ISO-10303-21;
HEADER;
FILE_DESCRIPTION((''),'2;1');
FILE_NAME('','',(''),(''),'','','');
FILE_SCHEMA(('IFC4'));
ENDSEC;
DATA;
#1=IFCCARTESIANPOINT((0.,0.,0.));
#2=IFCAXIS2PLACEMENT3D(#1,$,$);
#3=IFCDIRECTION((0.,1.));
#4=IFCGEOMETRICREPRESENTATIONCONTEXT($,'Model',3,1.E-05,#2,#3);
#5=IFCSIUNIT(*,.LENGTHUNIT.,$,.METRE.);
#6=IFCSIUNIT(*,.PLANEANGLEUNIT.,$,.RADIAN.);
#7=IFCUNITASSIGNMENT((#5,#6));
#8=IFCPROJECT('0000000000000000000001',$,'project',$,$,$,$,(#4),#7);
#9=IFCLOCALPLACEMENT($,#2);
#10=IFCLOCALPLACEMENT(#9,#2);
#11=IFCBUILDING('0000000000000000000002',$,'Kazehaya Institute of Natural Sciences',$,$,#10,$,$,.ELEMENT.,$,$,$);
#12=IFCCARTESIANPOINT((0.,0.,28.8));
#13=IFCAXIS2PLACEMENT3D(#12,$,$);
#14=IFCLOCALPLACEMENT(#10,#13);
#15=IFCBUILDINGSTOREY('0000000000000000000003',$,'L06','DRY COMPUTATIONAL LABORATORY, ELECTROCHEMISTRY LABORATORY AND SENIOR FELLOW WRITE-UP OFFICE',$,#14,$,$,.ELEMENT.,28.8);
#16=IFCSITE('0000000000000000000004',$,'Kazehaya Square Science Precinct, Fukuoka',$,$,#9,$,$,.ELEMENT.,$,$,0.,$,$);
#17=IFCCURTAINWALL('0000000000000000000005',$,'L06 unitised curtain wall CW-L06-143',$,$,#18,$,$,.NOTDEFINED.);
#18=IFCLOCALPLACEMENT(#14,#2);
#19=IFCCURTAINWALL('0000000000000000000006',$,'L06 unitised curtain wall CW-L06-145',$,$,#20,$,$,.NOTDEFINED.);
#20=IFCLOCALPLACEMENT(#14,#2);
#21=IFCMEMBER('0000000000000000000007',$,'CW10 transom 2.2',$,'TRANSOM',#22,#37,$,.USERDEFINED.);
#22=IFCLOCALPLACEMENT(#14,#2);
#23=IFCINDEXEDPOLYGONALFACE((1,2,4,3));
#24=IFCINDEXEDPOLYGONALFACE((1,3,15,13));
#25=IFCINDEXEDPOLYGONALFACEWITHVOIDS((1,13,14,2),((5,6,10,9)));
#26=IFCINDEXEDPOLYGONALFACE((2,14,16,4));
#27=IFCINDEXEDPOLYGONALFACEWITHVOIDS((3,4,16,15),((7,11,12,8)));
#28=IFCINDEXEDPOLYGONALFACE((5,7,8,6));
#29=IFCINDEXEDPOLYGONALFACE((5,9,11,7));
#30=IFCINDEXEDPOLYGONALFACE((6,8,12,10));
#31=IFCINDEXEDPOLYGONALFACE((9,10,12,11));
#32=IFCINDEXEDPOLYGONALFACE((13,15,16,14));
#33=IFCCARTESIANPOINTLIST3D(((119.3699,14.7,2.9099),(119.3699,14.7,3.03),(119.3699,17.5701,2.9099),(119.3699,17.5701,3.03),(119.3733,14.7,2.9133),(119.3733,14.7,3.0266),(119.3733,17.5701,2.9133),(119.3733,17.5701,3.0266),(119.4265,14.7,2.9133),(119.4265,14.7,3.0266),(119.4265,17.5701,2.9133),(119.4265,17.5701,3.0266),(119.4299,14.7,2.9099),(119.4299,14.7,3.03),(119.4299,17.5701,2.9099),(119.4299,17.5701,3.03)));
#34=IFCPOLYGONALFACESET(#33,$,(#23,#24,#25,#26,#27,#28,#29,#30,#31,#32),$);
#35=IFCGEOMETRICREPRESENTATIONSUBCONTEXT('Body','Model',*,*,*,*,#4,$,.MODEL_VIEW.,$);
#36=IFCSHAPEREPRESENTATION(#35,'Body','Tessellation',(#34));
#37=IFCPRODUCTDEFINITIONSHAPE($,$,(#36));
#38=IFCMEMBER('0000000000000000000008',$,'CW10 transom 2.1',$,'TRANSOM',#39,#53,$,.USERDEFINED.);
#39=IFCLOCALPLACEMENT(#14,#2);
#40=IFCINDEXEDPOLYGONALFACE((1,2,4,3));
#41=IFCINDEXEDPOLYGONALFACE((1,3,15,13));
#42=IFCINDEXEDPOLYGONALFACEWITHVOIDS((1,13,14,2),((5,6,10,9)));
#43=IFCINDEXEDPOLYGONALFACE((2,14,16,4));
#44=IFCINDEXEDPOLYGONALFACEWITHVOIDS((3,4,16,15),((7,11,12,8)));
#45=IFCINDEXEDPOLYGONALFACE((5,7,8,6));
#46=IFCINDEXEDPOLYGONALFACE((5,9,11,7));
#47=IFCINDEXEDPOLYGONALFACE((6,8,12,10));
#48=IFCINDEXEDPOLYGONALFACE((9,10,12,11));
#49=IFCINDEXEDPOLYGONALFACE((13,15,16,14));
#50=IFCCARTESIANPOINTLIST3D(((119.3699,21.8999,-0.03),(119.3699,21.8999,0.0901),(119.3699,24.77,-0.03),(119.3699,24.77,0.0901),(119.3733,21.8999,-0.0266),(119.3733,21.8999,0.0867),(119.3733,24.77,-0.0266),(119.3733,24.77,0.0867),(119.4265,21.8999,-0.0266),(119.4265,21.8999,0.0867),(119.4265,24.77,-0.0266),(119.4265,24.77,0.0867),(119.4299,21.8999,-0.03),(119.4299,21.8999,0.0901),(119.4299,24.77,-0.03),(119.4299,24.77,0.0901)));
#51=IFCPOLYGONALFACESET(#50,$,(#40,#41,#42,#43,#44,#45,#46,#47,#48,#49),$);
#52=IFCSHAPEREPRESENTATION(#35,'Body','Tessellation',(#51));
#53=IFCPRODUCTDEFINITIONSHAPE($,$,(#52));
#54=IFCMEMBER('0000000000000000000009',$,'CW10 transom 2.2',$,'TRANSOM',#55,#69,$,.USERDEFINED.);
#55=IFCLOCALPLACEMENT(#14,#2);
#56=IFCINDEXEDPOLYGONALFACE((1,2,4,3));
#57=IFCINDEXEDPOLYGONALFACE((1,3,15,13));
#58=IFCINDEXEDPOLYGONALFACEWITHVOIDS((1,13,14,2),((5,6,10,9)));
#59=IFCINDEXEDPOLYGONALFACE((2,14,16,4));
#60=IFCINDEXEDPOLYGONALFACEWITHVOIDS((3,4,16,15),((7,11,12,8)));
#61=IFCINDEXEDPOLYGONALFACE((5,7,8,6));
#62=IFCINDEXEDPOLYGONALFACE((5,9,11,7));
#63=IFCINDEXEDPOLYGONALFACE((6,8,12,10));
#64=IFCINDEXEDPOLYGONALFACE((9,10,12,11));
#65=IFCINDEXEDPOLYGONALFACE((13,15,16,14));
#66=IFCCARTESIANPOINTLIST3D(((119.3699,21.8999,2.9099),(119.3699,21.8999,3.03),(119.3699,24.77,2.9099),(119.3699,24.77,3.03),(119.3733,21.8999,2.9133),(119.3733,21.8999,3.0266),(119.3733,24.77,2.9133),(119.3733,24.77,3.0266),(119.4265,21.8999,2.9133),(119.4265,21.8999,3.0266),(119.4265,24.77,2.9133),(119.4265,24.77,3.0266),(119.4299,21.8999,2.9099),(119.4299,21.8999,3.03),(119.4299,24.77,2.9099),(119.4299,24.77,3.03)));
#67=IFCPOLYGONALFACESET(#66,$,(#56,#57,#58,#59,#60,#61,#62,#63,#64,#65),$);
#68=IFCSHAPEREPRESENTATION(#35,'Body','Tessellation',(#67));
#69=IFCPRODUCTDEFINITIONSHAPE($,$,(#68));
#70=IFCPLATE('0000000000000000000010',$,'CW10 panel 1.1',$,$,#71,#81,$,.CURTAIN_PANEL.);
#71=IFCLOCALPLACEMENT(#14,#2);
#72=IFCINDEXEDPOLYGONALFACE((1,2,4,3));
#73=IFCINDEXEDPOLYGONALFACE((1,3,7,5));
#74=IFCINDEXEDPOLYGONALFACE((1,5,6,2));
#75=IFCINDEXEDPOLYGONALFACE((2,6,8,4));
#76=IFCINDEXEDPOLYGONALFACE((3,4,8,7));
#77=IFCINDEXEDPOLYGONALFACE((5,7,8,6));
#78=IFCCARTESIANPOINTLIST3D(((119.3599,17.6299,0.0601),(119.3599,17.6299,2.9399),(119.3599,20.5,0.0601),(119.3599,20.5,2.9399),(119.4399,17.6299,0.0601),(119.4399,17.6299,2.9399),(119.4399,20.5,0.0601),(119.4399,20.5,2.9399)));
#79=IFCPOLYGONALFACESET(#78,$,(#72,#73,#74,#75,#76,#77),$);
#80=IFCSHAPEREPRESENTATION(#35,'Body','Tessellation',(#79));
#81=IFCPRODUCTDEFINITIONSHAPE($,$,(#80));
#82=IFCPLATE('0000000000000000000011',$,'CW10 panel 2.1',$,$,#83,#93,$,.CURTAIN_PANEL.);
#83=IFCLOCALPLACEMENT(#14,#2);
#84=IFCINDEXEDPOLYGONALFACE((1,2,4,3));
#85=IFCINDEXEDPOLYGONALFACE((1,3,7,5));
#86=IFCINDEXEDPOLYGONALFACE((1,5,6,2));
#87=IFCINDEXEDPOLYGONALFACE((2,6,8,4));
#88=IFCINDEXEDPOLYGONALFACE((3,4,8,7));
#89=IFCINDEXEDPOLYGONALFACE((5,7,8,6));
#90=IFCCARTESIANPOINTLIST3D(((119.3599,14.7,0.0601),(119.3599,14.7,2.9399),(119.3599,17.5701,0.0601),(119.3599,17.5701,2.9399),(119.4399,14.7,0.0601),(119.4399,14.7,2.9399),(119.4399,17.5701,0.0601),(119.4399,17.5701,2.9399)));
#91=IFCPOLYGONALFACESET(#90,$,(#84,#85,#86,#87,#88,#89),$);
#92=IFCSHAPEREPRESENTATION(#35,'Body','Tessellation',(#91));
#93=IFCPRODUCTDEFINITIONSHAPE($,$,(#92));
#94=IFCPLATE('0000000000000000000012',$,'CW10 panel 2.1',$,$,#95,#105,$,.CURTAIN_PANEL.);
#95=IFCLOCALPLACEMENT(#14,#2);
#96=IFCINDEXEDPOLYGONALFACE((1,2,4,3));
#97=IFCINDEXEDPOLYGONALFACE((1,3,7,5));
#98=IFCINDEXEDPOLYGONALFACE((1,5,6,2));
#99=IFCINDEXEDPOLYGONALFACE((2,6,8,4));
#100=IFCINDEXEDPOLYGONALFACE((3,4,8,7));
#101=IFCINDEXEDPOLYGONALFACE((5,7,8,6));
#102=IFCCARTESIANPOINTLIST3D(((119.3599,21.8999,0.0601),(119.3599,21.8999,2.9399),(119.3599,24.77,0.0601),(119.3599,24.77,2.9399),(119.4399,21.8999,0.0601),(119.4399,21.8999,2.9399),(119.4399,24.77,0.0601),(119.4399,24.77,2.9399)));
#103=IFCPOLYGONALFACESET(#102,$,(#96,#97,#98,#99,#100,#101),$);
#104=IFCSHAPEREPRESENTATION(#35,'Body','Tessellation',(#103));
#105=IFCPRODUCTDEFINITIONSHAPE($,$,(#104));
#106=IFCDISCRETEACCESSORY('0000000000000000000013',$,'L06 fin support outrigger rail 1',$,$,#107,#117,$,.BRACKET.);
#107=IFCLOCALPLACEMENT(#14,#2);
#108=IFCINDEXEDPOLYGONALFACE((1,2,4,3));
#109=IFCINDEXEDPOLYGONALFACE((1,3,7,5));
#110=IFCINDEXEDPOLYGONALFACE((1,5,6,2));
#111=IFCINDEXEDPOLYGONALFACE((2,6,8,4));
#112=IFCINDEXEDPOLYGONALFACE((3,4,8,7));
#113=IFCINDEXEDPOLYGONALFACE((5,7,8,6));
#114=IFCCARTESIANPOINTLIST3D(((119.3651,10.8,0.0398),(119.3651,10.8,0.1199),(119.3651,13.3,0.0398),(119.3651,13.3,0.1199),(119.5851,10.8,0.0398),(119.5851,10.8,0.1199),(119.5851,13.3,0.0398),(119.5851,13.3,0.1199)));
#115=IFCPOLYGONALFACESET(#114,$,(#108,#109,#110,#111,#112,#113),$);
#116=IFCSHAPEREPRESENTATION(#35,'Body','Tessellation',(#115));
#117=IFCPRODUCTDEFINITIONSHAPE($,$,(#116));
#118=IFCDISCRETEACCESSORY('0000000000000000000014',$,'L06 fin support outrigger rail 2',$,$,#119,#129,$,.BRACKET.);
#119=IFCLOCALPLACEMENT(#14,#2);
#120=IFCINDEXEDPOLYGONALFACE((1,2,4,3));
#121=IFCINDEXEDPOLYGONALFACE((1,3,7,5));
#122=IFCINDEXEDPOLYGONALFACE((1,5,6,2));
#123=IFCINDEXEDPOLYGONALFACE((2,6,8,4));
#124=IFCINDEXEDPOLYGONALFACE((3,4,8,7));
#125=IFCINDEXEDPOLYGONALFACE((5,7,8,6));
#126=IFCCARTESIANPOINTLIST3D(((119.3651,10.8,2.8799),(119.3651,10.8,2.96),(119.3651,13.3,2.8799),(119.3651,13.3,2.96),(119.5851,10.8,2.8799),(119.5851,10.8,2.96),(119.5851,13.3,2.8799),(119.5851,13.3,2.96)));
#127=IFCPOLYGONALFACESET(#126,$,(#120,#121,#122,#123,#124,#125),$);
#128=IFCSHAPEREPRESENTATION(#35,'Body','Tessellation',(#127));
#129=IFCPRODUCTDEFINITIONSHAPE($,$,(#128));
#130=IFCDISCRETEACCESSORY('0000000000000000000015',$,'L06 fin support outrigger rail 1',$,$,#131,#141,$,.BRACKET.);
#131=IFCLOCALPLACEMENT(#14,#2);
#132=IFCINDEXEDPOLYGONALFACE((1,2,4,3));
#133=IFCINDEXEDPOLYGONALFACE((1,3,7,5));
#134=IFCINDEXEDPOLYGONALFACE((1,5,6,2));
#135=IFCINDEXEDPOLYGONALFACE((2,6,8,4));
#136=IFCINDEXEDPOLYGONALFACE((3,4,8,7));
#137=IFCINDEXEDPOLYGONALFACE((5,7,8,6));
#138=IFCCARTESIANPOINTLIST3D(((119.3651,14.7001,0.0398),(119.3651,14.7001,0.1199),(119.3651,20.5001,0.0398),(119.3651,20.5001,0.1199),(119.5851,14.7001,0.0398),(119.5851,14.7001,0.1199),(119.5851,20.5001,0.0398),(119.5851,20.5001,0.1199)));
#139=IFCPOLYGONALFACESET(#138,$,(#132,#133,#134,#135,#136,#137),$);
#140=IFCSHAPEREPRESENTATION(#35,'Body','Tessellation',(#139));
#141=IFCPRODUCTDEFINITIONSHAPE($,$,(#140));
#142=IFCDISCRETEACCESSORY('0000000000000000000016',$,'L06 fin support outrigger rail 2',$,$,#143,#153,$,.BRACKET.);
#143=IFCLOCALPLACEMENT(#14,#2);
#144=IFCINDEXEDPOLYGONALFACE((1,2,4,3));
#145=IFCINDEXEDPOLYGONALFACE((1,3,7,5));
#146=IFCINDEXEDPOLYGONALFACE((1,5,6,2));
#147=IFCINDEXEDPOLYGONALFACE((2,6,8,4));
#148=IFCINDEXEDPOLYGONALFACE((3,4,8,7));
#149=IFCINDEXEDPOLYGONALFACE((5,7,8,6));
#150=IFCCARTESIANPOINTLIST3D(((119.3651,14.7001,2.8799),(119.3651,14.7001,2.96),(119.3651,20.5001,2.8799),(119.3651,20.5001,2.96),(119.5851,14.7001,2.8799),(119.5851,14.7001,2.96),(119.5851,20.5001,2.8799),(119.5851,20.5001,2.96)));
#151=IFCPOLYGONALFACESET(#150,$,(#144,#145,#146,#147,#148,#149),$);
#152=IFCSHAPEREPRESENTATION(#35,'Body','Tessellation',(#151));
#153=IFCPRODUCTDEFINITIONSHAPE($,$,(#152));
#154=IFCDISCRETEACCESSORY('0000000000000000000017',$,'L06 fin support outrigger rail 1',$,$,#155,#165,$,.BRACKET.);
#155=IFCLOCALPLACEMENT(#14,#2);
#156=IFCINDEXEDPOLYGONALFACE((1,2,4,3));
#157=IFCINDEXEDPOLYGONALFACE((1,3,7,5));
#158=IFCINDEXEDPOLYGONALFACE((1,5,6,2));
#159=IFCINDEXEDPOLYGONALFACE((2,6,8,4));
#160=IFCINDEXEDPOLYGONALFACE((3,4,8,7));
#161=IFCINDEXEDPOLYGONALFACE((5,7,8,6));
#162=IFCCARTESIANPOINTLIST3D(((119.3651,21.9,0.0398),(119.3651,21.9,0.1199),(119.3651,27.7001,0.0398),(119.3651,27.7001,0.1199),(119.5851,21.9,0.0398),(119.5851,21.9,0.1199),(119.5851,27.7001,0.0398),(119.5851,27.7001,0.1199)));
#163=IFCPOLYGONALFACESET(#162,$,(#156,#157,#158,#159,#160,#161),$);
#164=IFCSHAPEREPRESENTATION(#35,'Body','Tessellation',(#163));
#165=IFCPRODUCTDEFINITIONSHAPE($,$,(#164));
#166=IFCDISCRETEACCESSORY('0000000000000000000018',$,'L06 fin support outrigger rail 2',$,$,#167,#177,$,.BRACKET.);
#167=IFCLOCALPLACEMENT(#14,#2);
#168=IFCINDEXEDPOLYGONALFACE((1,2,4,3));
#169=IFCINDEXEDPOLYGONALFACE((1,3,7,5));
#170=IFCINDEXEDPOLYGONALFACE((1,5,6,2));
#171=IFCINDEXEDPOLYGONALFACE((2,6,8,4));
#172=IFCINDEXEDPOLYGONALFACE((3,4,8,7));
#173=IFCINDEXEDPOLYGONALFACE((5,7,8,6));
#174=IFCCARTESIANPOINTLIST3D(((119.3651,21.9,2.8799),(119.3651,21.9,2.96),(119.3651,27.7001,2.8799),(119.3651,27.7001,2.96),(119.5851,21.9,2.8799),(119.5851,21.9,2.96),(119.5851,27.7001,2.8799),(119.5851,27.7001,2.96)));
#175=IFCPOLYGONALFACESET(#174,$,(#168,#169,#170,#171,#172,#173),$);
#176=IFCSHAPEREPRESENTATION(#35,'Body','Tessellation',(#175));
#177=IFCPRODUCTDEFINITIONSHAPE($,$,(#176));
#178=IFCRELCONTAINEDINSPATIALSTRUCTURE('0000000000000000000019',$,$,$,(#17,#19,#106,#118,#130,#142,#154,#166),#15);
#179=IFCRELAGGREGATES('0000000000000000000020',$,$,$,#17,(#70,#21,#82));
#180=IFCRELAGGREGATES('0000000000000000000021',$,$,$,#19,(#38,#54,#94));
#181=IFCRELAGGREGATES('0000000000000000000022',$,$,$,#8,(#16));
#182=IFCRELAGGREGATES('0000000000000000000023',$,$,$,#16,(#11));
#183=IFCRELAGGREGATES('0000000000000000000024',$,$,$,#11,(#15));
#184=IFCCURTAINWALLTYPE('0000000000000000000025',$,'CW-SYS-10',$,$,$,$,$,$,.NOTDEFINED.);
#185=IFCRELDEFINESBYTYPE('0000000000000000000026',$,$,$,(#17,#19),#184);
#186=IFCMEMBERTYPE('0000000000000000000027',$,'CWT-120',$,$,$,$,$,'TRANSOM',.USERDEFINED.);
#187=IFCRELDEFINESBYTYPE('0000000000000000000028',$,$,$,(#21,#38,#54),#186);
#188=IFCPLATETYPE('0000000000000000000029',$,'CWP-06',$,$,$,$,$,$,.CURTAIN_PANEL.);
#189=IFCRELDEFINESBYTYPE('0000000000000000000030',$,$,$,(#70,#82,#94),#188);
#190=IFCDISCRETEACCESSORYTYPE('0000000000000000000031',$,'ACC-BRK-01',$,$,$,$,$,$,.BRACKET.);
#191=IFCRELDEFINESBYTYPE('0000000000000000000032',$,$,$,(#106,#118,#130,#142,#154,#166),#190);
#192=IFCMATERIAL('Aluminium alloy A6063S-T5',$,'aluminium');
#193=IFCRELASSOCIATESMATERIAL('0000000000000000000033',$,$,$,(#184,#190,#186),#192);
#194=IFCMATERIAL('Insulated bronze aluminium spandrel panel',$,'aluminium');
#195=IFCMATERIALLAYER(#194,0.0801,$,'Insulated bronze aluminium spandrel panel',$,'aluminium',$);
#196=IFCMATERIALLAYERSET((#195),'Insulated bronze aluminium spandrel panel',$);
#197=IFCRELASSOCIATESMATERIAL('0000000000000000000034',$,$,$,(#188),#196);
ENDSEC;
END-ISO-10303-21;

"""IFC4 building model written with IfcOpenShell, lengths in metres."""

from ifc_helpers import new_model, si_unit, direction, frame, origin, origin_2d, place, context, subcontext, project, spatial, rectangle, hollow_rectangle, extrude, material, layer, layer_set, material_profile, profile_set, type_object, element, aggregate, save


model = new_model("IFC4")

# Units and contexts
model_context = context("Model", 3, precision=1e-05, world=origin(), true_north=direction((0.0, 1.0)))
body_context = subcontext(model_context, "Body", "Model", "MODEL_VIEW")
ifc_project = project(units=[si_unit("LENGTHUNIT", "METRE"), si_unit("PLANEANGLEUNIT", "RADIAN")], contexts=[model_context])

# Site, building, storey
site_placement = place(None, origin())
site = spatial("IfcSite", under=ifc_project, at=site_placement, Name="Kazehaya Square Science Precinct, Fukuoka", CompositionType="ELEMENT", RefElevation=0.0)
building_placement = place(site_placement, origin())
building = spatial("IfcBuilding", under=site, at=building_placement, Name="Kazehaya Institute of Natural Sciences", CompositionType="ELEMENT")
storey_placement = place(building_placement, frame((0.0, 0.0, 28.8)))
storey = spatial("IfcBuildingStorey", under=building, at=storey_placement, Name="L06", Description="DRY COMPUTATIONAL LABORATORY, ELECTROCHEMISTRY LABORATORY AND SENIOR FELLOW WRITE-UP OFFICE", CompositionType="ELEMENT", Elevation=28.8)

# Curtain walls
ifc_material_1 = material(Name="Aluminium alloy A6063S-T5", Category="aluminium")
curtain_wall_type = type_object("IfcCurtainWallType", Name="CW-SYS-10", PredefinedType="NOTDEFINED", material=ifc_material_1)
curtain_wall_1_placement = place(storey_placement, origin())
curtain_wall_1 = element("IfcCurtainWall", 1, at=curtain_wall_1_placement, inside=storey, type_object=curtain_wall_type, Name="L06 unitised curtain wall CW-L06-143", PredefinedType="NOTDEFINED")
curtain_wall_2_placement = place(storey_placement, origin())
curtain_wall_2 = element("IfcCurtainWall", 2, at=curtain_wall_2_placement, inside=storey, type_object=curtain_wall_type, Name="L06 unitised curtain wall CW-L06-145", PredefinedType="NOTDEFINED")

# Members
ifc_material_profile_1 = material_profile(ifc_material_1, hollow_rectangle(XDim=0.0601, YDim=0.1201, WallThickness=0.0034, at=origin_2d()), Name="ALU-60x120x3.5")
ifc_profile_set_1 = profile_set([ifc_material_profile_1], Name="Aluminium alloy A6063S-T5")
member_type_1 = type_object("IfcMemberType", Name="CWT-120", ElementType="TRANSOM", PredefinedType="USERDEFINED", material=ifc_profile_set_1)
member_1_placement = place(storey_placement, frame((119.3999, 17.5701, 2.97), z_axis=(0.0, -1.0, 0.0), x_axis=(1.0, 0.0, 0.0)))
member_1 = element("IfcMember", 3, at=member_1_placement, type_object=member_type_1, Name="CW10 transom 2.2", ObjectType="TRANSOM", PredefinedType="USERDEFINED", context=body_context, shape_type="SweptSolid", body=[
    extrude(hollow_rectangle(XDim=0.0601, YDim=0.1201, WallThickness=0.0034, at=origin_2d()), origin(), (0.0, 0.0, 1.0), 2.8701),
])
member_2_placement = place(storey_placement, frame((119.3999, 24.77, 0.03), z_axis=(0.0, -1.0, 0.0), x_axis=(1.0, 0.0, 0.0)))
member_2 = element("IfcMember", 4, at=member_2_placement, type_object=member_type_1, Name="CW10 transom 2.1", ObjectType="TRANSOM", PredefinedType="USERDEFINED", context=body_context, shape_type="SweptSolid", body=[
    extrude(hollow_rectangle(XDim=0.0601, YDim=0.1201, WallThickness=0.0034, at=origin_2d()), origin(), (0.0, 0.0, 1.0), 2.8701),
])
member_3_placement = place(storey_placement, frame((119.3999, 24.77, 2.97), z_axis=(0.0, -1.0, 0.0), x_axis=(1.0, 0.0, 0.0)))
member_3 = element("IfcMember", 5, at=member_3_placement, type_object=member_type_1, Name="CW10 transom 2.2", ObjectType="TRANSOM", PredefinedType="USERDEFINED", context=body_context, shape_type="SweptSolid", body=[
    extrude(hollow_rectangle(XDim=0.0601, YDim=0.1201, WallThickness=0.0034, at=origin_2d()), origin(), (0.0, 0.0, 1.0), 2.8701),
])

# Plates
ifc_material_2 = material(Name="Insulated bronze aluminium spandrel panel", Category="aluminium")
ifc_layer = layer(ifc_material_2, 0.0801, Name="Insulated bronze aluminium spandrel panel", Category="aluminium")
ifc_layer_set = layer_set([ifc_layer], Name="Insulated bronze aluminium spandrel panel")
plate_type = type_object("IfcPlateType", Name="CWP-06", PredefinedType="CURTAIN_PANEL", material=ifc_layer_set)
plate_1_placement = place(storey_placement, frame((119.3999, 19.0649, 0.0601), z_axis=(0.0, 0.0, 1.0), x_axis=(0.0, -1.0, 0.0)))
plate_1 = element("IfcPlate", 6, at=plate_1_placement, type_object=plate_type, Name="CW10 panel 1.1", PredefinedType="CURTAIN_PANEL", context=body_context, shape_type="SweptSolid", body=[
    extrude(rectangle(XDim=2.8701, YDim=0.0801, at=origin_2d()), origin(), (0.0, 0.0, 1.0), 2.8799),
])
plate_2_placement = place(storey_placement, frame((119.3999, 16.135, 0.0601), z_axis=(0.0, 0.0, 1.0), x_axis=(0.0, -1.0, 0.0)))
plate_2 = element("IfcPlate", 7, at=plate_2_placement, type_object=plate_type, Name="CW10 panel 2.1", PredefinedType="CURTAIN_PANEL", context=body_context, shape_type="SweptSolid", body=[
    extrude(rectangle(XDim=2.8701, YDim=0.0801, at=origin_2d()), origin(), (0.0, 0.0, 1.0), 2.8799),
])
aggregate(curtain_wall_1, [plate_1, member_1, plate_2])
plate_3_placement = place(storey_placement, frame((119.3999, 23.335, 0.0601), z_axis=(0.0, 0.0, 1.0), x_axis=(0.0, -1.0, 0.0)))
plate_3 = element("IfcPlate", 8, at=plate_3_placement, type_object=plate_type, Name="CW10 panel 2.1", PredefinedType="CURTAIN_PANEL", context=body_context, shape_type="SweptSolid", body=[
    extrude(rectangle(XDim=2.8701, YDim=0.0801, at=origin_2d()), origin(), (0.0, 0.0, 1.0), 2.8799),
])
aggregate(curtain_wall_2, [member_2, member_3, plate_3])

# Discrete accessories
discrete_accessory_type = type_object("IfcDiscreteAccessoryType", Name="ACC-BRK-01", PredefinedType="BRACKET", material=ifc_material_1)
for number, where, z_axis, x_axis, name in (
    (9, (119.4751, 12.05, 0.0398), (0.0, 0.0, 1.0), (0.0, -1.0, 0.0), "L06 fin support outrigger rail 1"),
    (10, (119.4751, 12.05, 2.8799), (0.0, 0.0, 1.0), (0.0, -1.0, 0.0), "L06 fin support outrigger rail 2"),
):
    element("IfcDiscreteAccessory", number, at=place(storey_placement, frame(where, z_axis=z_axis, x_axis=x_axis)), inside=storey, type_object=discrete_accessory_type, Name=name, PredefinedType="BRACKET", context=body_context, shape_type="SweptSolid", body=[
        extrude(rectangle(XDim=2.5, YDim=0.22, at=origin_2d()), origin(), (0.0, 0.0, 1.0), 0.0801),
    ])
for number, where, z_axis, x_axis, name in (
    (11, (119.4751, 17.6001, 0.0398), (0.0, 0.0, 1.0), (0.0, -1.0, 0.0), "L06 fin support outrigger rail 1"),
    (12, (119.4751, 17.6001, 2.8799), (0.0, 0.0, 1.0), (0.0, -1.0, 0.0), "L06 fin support outrigger rail 2"),
    (13, (119.4751, 24.8, 0.0398), (0.0, 0.0, 1.0), (0.0, -1.0, 0.0), "L06 fin support outrigger rail 1"),
    (14, (119.4751, 24.8, 2.8799), (0.0, 0.0, 1.0), (0.0, -1.0, 0.0), "L06 fin support outrigger rail 2"),
):
    element("IfcDiscreteAccessory", number, at=place(storey_placement, frame(where, z_axis=z_axis, x_axis=x_axis)), inside=storey, type_object=discrete_accessory_type, Name=name, PredefinedType="BRACKET", context=body_context, shape_type="SweptSolid", body=[
        extrude(rectangle(XDim=5.8, YDim=0.22, at=origin_2d()), origin(), (0.0, 0.0, 1.0), 0.0801),
    ])

save(model, "model.ifc")
